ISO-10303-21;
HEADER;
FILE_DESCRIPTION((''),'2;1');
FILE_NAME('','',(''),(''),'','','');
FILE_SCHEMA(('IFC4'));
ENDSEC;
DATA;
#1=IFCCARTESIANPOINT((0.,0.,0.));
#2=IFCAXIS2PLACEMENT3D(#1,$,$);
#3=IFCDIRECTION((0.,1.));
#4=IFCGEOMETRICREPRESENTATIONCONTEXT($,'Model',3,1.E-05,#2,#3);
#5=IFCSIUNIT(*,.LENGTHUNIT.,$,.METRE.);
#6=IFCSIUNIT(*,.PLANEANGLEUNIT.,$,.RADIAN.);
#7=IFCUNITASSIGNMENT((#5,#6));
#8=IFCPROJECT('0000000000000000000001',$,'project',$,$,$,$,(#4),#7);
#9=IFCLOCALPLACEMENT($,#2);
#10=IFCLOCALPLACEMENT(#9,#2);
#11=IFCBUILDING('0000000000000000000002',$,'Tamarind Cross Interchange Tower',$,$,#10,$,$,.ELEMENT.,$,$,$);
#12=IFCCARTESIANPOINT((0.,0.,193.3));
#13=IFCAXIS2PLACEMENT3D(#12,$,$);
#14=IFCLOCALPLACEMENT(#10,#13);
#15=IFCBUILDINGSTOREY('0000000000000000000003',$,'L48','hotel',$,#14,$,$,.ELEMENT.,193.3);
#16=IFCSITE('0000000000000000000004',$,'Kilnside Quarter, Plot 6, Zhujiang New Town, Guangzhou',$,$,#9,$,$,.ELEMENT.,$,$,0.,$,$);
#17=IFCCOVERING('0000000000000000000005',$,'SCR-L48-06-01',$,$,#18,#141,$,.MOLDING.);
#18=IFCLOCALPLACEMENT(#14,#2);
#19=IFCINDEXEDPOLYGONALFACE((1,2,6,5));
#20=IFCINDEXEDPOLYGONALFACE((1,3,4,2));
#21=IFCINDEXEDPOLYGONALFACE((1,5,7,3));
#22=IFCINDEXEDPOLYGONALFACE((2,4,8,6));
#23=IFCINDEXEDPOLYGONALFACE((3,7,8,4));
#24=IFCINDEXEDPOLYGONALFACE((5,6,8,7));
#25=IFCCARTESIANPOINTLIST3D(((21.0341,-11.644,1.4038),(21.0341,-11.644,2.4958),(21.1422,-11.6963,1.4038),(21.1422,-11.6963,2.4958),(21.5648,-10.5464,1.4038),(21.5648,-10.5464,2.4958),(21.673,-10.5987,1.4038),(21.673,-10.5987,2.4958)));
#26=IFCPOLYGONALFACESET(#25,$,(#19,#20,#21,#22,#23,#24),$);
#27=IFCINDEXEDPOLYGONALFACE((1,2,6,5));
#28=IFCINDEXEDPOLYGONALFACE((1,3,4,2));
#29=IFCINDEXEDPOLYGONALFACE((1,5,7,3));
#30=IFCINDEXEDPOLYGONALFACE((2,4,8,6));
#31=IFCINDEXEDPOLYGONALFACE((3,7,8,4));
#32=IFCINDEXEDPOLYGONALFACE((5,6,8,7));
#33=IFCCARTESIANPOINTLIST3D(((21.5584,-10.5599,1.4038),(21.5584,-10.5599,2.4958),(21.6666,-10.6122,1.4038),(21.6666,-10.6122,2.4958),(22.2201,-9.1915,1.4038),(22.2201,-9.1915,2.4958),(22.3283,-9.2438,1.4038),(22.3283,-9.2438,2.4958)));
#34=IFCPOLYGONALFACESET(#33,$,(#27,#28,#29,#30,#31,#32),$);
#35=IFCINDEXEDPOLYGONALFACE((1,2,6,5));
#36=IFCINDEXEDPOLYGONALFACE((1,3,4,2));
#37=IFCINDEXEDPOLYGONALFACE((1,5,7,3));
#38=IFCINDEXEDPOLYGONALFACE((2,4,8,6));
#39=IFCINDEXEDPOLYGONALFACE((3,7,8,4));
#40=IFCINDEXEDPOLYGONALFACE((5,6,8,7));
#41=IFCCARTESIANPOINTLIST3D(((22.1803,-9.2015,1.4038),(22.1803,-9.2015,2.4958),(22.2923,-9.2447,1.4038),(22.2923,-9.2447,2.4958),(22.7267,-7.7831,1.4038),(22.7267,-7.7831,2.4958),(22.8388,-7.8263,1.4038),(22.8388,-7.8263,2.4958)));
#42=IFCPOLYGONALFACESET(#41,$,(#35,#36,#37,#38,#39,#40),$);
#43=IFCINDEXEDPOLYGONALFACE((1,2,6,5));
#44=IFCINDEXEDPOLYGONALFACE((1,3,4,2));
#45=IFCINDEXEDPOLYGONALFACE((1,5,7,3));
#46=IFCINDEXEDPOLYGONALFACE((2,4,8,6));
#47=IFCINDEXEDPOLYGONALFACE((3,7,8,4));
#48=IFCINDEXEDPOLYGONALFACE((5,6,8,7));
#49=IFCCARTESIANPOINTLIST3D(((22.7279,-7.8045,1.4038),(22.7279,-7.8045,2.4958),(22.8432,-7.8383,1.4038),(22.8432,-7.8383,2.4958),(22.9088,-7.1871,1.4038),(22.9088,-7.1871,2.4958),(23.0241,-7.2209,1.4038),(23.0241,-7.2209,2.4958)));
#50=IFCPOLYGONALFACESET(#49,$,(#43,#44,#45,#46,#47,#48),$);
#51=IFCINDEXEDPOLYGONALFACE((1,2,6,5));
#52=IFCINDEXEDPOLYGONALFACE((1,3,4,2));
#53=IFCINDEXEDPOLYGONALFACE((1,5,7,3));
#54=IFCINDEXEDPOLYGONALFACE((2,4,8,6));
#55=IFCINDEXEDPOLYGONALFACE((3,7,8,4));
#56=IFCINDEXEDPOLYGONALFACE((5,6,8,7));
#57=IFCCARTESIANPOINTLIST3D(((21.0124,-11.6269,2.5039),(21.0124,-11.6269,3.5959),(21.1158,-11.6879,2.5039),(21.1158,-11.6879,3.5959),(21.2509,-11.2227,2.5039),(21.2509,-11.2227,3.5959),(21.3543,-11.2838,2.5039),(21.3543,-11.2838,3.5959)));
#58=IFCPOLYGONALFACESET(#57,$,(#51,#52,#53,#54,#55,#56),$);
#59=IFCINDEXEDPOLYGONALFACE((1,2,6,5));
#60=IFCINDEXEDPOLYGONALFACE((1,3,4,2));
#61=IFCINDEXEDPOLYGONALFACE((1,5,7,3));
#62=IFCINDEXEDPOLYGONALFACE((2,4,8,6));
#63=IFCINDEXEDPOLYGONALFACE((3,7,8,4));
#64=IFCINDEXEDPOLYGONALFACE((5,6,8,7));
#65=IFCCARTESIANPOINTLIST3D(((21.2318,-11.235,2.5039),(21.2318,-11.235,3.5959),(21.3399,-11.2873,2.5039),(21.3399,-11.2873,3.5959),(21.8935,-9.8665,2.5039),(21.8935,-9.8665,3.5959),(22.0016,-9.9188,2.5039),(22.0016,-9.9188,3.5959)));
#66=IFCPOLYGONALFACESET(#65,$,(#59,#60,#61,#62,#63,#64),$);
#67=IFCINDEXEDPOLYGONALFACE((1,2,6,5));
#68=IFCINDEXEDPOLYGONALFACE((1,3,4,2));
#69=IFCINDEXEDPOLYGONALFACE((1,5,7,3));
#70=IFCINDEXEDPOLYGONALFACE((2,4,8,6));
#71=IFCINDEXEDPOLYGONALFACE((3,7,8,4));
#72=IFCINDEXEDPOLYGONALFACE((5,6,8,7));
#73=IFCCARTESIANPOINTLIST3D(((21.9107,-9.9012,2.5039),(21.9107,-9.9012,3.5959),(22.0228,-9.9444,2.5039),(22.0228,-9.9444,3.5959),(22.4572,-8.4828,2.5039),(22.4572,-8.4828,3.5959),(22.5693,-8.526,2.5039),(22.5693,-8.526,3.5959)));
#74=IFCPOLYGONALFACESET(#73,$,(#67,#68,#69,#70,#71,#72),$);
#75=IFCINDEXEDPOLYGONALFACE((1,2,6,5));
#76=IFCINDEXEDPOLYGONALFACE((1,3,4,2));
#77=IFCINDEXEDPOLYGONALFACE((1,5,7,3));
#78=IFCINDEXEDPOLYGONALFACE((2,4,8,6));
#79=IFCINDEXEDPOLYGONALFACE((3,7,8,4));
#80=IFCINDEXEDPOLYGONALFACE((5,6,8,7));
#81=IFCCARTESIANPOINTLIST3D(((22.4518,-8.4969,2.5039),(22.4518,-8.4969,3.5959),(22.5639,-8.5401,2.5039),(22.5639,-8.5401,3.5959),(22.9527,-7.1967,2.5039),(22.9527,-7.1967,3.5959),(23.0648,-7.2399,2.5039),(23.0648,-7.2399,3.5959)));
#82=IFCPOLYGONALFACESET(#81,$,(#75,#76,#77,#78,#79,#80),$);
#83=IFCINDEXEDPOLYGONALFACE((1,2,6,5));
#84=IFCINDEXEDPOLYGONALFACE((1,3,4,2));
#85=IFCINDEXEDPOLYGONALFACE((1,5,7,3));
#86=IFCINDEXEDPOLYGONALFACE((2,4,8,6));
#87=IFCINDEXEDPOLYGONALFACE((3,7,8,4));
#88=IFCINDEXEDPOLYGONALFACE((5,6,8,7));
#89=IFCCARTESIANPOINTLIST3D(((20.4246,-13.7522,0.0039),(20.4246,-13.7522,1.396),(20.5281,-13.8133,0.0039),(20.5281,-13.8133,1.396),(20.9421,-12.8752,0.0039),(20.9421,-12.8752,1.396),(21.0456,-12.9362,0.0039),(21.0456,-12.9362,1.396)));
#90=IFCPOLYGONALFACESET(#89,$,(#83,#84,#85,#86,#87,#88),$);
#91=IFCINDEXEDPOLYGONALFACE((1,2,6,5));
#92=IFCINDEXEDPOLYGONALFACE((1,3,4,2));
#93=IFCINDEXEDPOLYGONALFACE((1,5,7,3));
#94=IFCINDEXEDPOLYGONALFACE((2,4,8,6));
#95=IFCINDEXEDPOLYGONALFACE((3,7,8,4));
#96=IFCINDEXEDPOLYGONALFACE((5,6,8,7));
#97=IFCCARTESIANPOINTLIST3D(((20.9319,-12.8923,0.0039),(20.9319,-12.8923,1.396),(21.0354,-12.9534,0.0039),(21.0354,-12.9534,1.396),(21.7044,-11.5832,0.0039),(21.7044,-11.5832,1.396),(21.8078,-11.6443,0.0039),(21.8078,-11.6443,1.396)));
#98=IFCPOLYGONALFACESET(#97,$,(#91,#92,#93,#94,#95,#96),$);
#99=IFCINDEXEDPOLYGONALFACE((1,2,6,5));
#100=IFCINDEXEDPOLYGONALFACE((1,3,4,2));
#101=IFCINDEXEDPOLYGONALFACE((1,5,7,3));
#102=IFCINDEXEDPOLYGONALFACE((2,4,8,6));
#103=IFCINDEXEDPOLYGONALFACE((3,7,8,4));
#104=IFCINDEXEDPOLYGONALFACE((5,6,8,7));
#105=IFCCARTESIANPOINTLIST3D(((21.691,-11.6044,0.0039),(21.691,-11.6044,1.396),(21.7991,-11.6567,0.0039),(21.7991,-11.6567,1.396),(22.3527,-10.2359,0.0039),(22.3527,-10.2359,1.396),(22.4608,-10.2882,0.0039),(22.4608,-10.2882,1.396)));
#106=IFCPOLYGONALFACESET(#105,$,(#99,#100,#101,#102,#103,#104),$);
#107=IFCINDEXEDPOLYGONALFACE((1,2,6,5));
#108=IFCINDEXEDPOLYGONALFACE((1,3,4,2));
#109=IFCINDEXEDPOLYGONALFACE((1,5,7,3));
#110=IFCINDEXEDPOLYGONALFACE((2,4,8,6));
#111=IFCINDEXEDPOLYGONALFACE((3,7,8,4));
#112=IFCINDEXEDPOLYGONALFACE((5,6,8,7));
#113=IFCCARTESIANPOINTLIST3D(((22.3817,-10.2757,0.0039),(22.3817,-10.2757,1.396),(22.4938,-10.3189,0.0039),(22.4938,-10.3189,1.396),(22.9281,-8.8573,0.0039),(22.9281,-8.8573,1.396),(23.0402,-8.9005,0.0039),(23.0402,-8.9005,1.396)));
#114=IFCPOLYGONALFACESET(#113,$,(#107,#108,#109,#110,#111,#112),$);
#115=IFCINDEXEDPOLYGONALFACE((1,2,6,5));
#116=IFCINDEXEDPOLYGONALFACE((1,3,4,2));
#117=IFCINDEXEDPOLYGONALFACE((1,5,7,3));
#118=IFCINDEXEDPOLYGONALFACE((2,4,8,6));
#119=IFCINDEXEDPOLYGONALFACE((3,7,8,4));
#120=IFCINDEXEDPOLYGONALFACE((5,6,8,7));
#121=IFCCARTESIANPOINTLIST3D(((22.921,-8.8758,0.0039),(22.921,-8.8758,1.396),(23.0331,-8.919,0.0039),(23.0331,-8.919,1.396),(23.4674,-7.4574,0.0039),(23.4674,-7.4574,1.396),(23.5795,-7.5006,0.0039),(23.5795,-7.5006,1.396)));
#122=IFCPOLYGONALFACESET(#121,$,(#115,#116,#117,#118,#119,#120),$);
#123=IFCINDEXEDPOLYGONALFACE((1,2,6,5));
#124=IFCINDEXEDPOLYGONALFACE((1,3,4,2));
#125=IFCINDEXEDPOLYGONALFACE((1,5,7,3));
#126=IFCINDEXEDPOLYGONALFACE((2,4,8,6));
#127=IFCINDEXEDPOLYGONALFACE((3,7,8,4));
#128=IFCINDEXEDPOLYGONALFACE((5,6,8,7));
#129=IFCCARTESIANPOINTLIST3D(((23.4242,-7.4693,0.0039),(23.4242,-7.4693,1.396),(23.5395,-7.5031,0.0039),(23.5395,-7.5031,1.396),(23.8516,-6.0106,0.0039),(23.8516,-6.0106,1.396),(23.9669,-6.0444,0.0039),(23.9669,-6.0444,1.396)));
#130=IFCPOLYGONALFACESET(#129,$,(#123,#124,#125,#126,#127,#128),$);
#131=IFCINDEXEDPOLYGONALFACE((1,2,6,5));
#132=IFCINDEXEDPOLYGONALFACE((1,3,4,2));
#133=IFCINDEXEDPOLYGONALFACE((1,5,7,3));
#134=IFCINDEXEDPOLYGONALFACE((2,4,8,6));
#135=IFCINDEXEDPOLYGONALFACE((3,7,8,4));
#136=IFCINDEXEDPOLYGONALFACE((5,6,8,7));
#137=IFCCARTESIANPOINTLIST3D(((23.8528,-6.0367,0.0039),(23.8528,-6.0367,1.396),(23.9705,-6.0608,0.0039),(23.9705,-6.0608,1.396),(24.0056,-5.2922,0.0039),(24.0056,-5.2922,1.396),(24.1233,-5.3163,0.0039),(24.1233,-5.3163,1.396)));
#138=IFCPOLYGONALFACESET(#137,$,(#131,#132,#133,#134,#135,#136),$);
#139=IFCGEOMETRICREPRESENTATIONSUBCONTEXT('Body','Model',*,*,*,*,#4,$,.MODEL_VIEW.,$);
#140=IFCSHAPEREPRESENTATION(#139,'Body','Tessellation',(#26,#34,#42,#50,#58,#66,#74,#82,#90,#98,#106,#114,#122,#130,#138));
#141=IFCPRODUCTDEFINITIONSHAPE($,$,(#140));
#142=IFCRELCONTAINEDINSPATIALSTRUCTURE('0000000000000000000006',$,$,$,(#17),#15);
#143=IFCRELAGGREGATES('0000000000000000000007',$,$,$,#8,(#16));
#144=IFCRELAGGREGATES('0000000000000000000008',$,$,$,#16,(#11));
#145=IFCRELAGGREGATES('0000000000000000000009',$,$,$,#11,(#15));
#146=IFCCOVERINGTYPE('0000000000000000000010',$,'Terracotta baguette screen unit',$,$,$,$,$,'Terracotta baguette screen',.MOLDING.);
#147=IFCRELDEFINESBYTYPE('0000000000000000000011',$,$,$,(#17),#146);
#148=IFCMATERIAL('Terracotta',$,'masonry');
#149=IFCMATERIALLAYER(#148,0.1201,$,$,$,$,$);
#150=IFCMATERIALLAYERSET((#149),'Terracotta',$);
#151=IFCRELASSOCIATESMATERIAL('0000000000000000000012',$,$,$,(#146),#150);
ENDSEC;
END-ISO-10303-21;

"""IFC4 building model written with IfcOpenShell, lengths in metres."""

from ifc_helpers import new_model, si_unit, direction, frame, origin, origin_2d, place, context, subcontext, project, spatial, rectangle, extrude, material, layer, layer_set, type_object, element, save


model = new_model("IFC4")

# Units and contexts
model_context = context("Model", 3, precision=1e-05, world=origin(), true_north=direction((0.0, 1.0)))
body_context = subcontext(model_context, "Body", "Model", "MODEL_VIEW")
ifc_project = project(units=[si_unit("LENGTHUNIT", "METRE"), si_unit("PLANEANGLEUNIT", "RADIAN")], contexts=[model_context])

# Site, building, storey
site_placement = place(None, origin())
site = spatial("IfcSite", under=ifc_project, at=site_placement, Name="Kilnside Quarter, Plot 6, Zhujiang New Town, Guangzhou", CompositionType="ELEMENT", RefElevation=0.0)
building_placement = place(site_placement, origin())
building = spatial("IfcBuilding", under=site, at=building_placement, Name="Tamarind Cross Interchange Tower", CompositionType="ELEMENT")
storey_placement = place(building_placement, frame((0.0, 0.0, 193.3)))
storey = spatial("IfcBuildingStorey", under=building, at=storey_placement, Name="L48", Description="hotel", CompositionType="ELEMENT", Elevation=193.3)

# Covering
ifc_material_1 = material(Name="Terracotta", Category="masonry")
ifc_layer_1 = layer(ifc_material_1, 0.1201)
ifc_layer_set_1 = layer_set([ifc_layer_1], Name="Terracotta")
covering_type = type_object("IfcCoveringType", Name="Terracotta baguette screen unit", ElementType="Terracotta baguette screen", PredefinedType="MOLDING", material=ifc_layer_set_1)
covering_1_placement = place(storey_placement, origin())
element("IfcCovering", 1, at=covering_1_placement, inside=storey, type_object=covering_type, Name="SCR-L48-06-01", PredefinedType="MOLDING", context=body_context, shape_type="SweptSolid", body=[
    extrude(rectangle(XDim=1.2192, YDim=0.1201, at=origin_2d()), frame((21.3535, -11.1213, 1.4038), z_axis=(0.0, 0.0, 1.0), x_axis=(0.435326, 0.900273, 0.0)), (0.0, 0.0, 1.0), 1.092),
    extrude(rectangle(XDim=1.52, YDim=0.1201, at=origin_2d()), frame((21.9434, -9.9019, 1.4038), z_axis=(0.0, 0.0, 1.0), x_axis=(0.435326, 0.900273, 0.0)), (0.0, 0.0, 1.0), 1.092),
    extrude(rectangle(XDim=1.52, YDim=0.1201, at=origin_2d()), frame((22.5095, -8.5139, 1.4038), z_axis=(0.0, 0.0, 1.0), x_axis=(0.359495, 0.933147, 0.0)), (0.0, 0.0, 1.0), 1.092),
    extrude(rectangle(XDim=0.6433, YDim=0.1201, at=origin_2d()), frame((22.876, -7.5127, 1.4038), z_axis=(0.0, 0.0, 1.0), x_axis=(0.281209, 0.959647, 0.0)), (0.0, 0.0, 1.0), 1.092),
    extrude(rectangle(XDim=0.4692, YDim=0.1201, at=origin_2d()), frame((21.1833, -11.4553, 2.5039), z_axis=(0.0, 0.0, 1.0), x_axis=(0.508183, 0.861249, 0.0)), (0.0, 0.0, 1.0), 1.092),
    extrude(rectangle(XDim=1.52, YDim=0.1201, at=origin_2d()), frame((21.6167, -10.5769, 2.5039), z_axis=(0.0, 0.0, 1.0), x_axis=(0.435326, 0.900273, 0.0)), (0.0, 0.0, 1.0), 1.092),
    extrude(rectangle(XDim=1.52, YDim=0.1201, at=origin_2d()), frame((22.24, -9.2136, 2.5039), z_axis=(0.0, 0.0, 1.0), x_axis=(0.359495, 0.933147, 0.0)), (0.0, 0.0, 1.0), 1.092),
    extrude(rectangle(XDim=1.3933, YDim=0.1201, at=origin_2d()), frame((22.7583, -7.8684, 2.5039), z_axis=(0.0, 0.0, 1.0), x_axis=(0.359495, 0.933147, 0.0)), (0.0, 0.0, 1.0), 1.092),
    extrude(rectangle(XDim=1.0183, YDim=0.1201, at=origin_2d()), frame((20.7351, -13.3442, 0.0039), z_axis=(0.0, 0.0, 1.0), x_axis=(0.508183, 0.861249, 0.0)), (0.0, 0.0, 1.0), 1.3921),
    extrude(rectangle(XDim=1.52, YDim=0.1201, at=origin_2d()), frame((21.3699, -12.2683, 0.0039), z_axis=(0.0, 0.0, 1.0), x_axis=(0.508183, 0.861249, 0.0)), (0.0, 0.0, 1.0), 1.3921),
    extrude(rectangle(XDim=1.52, YDim=0.1201, at=origin_2d()), frame((22.0759, -10.9463, 0.0039), z_axis=(0.0, 0.0, 1.0), x_axis=(0.435326, 0.900273, 0.0)), (0.0, 0.0, 1.0), 1.3921),
    extrude(rectangle(XDim=1.52, YDim=0.1201, at=origin_2d()), frame((22.7109, -9.5881, 0.0039), z_axis=(0.0, 0.0, 1.0), x_axis=(0.359495, 0.933147, 0.0)), (0.0, 0.0, 1.0), 1.3921),
    extrude(rectangle(XDim=1.52, YDim=0.1201, at=origin_2d()), frame((23.2502, -8.1882, 0.0039), z_axis=(0.0, 0.0, 1.0), x_axis=(0.359495, 0.933147, 0.0)), (0.0, 0.0, 1.0), 1.3921),
    extrude(rectangle(XDim=1.52, YDim=0.1201, at=origin_2d()), frame((23.6956, -6.7568, 0.0039), z_axis=(0.0, 0.0, 1.0), x_axis=(0.281209, 0.959647, 0.0)), (0.0, 0.0, 1.0), 1.3921),
    extrude(rectangle(XDim=0.76, YDim=0.1201, at=origin_2d()), frame((23.988, -5.6765, 0.0039), z_axis=(0.0, 0.0, 1.0), x_axis=(0.201001, 0.979591, 0.0)), (0.0, 0.0, 1.0), 1.3921),
])

save(model, "model.ifc")
